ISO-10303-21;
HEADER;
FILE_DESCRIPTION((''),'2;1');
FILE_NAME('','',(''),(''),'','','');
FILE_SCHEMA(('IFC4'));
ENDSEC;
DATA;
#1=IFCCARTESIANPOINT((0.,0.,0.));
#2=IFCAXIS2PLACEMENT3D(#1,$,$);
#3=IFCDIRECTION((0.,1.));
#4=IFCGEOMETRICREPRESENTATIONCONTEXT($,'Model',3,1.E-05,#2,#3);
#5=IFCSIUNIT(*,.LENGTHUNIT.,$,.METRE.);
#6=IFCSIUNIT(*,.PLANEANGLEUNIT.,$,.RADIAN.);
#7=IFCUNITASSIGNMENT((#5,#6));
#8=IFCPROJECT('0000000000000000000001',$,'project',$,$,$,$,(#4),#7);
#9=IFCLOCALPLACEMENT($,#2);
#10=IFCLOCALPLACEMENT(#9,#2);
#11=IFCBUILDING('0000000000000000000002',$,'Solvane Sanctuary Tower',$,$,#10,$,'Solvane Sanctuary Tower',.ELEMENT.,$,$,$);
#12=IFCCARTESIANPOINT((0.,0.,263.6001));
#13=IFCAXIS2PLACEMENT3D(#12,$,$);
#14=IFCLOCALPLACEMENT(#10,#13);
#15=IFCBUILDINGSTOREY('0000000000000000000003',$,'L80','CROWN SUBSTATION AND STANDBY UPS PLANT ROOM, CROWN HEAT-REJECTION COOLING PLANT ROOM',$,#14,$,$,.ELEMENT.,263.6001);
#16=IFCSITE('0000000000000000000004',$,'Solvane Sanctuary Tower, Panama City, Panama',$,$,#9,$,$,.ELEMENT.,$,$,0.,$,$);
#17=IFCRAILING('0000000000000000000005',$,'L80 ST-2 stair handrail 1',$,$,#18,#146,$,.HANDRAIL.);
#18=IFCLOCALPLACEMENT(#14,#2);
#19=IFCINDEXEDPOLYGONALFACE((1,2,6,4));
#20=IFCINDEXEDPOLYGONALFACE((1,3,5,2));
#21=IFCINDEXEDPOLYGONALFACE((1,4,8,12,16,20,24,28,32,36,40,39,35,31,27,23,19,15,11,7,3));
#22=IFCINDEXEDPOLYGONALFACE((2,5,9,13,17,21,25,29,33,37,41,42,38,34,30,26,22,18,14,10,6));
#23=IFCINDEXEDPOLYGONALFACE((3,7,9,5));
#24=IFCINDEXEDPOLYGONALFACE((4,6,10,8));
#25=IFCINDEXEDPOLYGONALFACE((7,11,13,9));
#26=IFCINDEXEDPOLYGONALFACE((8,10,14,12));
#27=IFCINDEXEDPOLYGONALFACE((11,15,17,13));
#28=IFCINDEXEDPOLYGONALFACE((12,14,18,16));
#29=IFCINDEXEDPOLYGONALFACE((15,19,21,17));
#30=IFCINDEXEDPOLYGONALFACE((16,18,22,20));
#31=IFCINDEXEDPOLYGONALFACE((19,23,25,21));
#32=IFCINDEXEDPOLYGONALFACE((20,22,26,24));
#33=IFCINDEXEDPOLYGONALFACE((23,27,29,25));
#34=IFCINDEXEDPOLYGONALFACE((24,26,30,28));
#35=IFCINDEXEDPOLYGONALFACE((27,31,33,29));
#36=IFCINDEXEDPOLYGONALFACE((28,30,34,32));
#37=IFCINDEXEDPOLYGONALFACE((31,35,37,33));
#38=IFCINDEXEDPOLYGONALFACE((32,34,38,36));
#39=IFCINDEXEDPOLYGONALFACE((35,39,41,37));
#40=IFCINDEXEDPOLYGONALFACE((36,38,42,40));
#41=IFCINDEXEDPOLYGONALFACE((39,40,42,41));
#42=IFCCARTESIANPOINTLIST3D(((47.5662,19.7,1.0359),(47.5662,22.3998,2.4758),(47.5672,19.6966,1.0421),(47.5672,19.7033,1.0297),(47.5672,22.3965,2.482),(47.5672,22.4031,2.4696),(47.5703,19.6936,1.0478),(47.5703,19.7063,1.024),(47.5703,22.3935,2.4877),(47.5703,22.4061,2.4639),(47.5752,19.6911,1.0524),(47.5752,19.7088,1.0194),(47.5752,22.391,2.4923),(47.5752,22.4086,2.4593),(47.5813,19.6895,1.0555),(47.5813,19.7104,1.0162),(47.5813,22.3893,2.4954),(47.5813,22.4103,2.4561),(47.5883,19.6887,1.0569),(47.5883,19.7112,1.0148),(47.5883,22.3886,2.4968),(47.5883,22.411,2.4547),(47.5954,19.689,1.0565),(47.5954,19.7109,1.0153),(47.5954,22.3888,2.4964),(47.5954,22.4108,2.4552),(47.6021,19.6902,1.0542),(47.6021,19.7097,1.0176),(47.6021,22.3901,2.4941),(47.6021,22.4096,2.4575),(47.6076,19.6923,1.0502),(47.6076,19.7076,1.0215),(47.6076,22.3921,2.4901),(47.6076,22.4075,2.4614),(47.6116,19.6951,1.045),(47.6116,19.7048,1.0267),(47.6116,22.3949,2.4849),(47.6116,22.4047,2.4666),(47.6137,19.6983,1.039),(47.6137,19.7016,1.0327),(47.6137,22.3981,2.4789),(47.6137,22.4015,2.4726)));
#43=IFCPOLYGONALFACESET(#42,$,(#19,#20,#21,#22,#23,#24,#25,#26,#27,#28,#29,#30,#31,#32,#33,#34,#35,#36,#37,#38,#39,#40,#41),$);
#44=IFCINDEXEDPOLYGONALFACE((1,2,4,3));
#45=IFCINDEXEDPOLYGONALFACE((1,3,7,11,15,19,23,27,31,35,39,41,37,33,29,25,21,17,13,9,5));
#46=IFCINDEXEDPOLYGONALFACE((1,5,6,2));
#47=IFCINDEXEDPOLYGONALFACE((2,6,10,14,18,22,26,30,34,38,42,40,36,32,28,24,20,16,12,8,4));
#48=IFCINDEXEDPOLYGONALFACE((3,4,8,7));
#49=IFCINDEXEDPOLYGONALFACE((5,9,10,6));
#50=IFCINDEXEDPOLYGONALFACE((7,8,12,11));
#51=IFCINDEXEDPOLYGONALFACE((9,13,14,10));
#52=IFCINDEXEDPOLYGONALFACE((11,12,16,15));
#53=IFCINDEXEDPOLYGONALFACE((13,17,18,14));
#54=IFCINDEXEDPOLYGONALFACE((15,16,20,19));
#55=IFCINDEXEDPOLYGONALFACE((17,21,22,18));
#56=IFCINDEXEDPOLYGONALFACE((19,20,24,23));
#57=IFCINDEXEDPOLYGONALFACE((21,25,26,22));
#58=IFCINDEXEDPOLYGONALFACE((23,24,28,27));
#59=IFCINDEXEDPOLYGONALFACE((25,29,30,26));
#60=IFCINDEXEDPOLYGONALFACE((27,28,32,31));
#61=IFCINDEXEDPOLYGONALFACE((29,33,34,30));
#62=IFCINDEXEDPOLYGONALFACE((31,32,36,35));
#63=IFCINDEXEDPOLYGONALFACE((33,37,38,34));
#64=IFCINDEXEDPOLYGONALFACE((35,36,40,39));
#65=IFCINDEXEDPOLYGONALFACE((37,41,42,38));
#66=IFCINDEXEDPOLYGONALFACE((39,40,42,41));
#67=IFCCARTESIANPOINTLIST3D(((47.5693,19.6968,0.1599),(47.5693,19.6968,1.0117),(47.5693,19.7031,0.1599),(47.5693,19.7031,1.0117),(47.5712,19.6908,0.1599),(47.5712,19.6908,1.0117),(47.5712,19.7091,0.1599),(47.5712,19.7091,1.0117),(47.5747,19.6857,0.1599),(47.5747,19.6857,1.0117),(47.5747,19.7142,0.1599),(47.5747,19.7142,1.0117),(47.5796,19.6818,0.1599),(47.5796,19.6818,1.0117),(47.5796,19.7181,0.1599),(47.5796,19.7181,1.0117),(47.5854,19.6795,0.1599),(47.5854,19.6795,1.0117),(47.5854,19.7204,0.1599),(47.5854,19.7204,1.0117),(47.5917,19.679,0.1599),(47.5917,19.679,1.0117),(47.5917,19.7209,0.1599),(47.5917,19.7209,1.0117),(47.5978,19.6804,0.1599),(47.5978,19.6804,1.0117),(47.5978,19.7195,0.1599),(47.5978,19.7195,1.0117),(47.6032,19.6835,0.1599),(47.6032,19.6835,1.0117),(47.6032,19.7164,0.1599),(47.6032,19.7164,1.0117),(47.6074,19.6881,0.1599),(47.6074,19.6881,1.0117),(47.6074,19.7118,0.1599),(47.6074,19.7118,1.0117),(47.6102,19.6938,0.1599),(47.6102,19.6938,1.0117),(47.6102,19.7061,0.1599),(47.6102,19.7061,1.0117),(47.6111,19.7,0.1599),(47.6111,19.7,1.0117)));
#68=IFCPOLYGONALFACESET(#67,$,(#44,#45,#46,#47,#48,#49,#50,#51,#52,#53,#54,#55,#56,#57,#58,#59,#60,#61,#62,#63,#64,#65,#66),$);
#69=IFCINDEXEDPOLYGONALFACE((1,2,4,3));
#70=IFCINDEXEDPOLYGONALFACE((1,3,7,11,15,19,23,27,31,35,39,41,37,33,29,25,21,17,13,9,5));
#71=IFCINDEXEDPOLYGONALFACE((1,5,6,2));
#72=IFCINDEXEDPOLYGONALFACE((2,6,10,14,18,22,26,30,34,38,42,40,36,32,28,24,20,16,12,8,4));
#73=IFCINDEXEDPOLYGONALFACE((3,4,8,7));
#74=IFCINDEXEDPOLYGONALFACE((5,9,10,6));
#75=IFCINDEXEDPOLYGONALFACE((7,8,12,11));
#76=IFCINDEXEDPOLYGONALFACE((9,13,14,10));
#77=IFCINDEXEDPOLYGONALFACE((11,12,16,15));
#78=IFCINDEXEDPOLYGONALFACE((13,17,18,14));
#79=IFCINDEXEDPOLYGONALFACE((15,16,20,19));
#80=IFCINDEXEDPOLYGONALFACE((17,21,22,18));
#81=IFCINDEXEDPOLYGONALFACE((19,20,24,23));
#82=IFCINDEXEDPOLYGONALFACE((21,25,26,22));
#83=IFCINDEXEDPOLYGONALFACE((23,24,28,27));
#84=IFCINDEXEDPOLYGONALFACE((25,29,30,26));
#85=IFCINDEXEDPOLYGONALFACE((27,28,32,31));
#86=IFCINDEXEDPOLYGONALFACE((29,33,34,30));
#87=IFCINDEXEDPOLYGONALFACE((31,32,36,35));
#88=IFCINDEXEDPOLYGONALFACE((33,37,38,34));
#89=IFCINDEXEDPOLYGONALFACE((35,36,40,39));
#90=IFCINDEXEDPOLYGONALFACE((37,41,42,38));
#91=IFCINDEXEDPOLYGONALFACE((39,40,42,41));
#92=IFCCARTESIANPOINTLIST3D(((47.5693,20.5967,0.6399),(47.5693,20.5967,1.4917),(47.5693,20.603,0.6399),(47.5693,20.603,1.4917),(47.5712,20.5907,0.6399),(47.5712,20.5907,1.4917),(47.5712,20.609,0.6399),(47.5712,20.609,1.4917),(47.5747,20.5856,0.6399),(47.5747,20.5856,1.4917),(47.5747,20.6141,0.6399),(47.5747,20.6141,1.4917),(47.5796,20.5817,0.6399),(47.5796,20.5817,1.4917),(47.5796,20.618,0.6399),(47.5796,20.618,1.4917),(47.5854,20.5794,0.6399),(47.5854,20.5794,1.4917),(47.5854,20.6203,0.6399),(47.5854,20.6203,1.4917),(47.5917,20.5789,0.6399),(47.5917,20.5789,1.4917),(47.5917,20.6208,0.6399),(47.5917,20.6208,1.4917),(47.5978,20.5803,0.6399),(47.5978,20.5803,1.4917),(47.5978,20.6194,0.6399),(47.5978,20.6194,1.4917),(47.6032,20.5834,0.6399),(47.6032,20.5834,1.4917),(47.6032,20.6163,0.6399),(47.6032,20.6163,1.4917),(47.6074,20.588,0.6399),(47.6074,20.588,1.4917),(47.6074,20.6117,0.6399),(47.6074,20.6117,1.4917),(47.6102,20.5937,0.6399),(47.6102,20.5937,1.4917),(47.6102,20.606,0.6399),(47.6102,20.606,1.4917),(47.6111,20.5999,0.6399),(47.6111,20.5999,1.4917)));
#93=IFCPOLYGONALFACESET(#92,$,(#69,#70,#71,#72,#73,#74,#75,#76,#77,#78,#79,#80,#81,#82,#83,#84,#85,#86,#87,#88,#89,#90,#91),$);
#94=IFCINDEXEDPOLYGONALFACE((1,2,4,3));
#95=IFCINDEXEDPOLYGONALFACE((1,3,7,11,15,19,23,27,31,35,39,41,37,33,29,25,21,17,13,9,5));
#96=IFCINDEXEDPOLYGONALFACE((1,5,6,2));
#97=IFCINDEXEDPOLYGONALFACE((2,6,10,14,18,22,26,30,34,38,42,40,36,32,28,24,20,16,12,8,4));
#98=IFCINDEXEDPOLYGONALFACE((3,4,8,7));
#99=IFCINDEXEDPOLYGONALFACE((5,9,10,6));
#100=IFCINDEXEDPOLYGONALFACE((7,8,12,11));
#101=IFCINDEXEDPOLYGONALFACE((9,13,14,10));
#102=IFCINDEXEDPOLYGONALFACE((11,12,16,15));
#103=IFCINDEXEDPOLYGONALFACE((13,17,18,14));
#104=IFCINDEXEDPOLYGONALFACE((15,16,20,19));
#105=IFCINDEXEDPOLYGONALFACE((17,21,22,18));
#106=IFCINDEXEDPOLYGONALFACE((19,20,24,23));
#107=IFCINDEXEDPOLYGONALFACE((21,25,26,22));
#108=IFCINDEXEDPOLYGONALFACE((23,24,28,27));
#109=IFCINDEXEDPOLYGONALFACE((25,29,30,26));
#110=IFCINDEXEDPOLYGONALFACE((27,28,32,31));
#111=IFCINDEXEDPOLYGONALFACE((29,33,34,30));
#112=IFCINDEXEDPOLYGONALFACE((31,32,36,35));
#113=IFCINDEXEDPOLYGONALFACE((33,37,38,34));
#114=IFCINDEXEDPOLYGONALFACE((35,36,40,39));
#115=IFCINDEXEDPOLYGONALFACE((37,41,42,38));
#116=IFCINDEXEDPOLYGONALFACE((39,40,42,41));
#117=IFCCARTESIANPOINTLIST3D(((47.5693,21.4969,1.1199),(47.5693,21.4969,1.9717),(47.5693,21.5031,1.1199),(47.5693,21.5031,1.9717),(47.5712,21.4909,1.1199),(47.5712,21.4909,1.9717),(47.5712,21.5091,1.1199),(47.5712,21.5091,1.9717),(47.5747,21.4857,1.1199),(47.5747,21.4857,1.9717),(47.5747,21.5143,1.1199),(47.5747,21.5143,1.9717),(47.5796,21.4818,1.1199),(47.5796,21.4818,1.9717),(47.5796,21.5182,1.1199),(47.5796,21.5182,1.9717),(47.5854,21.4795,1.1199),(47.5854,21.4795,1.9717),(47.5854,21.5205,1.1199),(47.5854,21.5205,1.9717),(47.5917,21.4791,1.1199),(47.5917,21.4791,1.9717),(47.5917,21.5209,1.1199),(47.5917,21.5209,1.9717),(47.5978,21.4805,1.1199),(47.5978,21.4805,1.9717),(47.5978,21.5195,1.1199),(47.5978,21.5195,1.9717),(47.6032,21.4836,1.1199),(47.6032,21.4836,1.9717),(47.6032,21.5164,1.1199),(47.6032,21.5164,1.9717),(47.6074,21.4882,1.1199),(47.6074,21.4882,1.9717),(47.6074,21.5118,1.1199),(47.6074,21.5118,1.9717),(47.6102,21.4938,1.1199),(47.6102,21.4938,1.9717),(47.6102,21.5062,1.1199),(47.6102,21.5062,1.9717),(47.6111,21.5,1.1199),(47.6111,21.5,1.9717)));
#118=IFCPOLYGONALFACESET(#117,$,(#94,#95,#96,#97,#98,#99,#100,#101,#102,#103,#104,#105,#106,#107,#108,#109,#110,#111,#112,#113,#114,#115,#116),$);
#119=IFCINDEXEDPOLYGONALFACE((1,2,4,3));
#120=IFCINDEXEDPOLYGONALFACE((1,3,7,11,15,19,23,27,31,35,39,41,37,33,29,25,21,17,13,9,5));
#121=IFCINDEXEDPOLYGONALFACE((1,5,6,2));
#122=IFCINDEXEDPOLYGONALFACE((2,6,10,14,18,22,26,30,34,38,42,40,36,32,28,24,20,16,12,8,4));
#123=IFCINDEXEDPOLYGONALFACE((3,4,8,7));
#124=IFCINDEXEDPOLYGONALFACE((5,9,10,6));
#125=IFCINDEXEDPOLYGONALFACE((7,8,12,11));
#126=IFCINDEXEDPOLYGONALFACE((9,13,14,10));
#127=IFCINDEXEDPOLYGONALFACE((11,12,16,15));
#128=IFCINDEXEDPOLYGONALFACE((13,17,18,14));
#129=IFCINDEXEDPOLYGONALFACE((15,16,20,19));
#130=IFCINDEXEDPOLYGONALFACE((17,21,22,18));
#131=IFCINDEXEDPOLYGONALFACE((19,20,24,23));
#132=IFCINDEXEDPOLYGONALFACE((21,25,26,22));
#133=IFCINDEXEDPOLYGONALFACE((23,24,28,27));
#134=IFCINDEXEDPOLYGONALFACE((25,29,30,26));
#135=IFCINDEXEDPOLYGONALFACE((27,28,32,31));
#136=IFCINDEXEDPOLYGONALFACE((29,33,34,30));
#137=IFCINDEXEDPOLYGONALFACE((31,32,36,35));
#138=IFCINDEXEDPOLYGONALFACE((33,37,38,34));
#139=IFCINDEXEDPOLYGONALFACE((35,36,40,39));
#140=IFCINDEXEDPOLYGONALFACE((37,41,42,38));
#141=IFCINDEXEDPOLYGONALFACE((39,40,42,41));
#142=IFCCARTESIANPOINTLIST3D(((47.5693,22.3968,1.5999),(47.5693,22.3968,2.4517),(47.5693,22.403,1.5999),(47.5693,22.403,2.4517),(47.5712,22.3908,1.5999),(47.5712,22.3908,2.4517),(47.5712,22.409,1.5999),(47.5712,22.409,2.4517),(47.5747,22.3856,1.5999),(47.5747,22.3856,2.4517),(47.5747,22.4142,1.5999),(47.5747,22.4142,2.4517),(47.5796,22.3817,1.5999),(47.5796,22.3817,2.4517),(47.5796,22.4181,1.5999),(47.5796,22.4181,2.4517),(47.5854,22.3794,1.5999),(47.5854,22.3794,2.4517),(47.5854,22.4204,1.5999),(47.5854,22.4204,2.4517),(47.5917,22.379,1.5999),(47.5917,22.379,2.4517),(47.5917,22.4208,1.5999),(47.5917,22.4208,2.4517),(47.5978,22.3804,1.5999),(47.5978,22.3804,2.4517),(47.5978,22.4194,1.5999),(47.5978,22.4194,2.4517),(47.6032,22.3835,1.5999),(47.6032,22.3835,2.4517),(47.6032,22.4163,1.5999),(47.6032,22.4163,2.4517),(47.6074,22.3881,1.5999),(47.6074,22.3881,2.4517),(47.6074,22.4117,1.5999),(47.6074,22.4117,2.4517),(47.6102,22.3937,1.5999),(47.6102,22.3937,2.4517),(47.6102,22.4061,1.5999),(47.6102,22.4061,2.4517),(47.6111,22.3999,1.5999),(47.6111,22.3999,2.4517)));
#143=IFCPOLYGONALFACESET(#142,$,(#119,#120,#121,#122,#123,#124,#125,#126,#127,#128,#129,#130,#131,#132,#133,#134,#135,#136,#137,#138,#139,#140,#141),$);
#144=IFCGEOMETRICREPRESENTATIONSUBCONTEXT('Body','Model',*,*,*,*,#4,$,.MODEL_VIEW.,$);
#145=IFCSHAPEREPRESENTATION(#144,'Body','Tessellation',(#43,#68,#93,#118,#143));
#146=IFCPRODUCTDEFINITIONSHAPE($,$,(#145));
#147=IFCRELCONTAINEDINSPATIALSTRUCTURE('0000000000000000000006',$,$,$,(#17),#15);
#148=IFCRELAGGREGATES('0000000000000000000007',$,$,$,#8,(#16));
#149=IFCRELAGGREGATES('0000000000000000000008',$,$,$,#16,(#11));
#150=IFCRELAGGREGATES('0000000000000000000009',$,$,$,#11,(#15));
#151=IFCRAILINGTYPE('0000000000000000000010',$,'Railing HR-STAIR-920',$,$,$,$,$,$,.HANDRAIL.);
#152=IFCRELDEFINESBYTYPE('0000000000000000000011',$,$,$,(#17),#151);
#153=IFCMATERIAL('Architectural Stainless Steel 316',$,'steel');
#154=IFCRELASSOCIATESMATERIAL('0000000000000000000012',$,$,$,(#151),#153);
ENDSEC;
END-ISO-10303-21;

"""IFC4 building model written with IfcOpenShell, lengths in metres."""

from ifc_helpers import new_model, si_unit, direction, frame, origin, origin_2d, place, context, subcontext, project, spatial, circle, extrude, material, type_object, element, save


model = new_model("IFC4")

# Units and contexts
model_context = context("Model", 3, precision=1e-05, world=origin(), true_north=direction((0.0, 1.0)))
body_context = subcontext(model_context, "Body", "Model", "MODEL_VIEW")
ifc_project = project(units=[si_unit("LENGTHUNIT", "METRE"), si_unit("PLANEANGLEUNIT", "RADIAN")], contexts=[model_context])

# Site, building, storey
site_placement = place(None, origin())
site = spatial("IfcSite", under=ifc_project, at=site_placement, Name="Solvane Sanctuary Tower, Panama City, Panama", CompositionType="ELEMENT", RefElevation=0.0)
building_placement = place(site_placement, origin())
building = spatial("IfcBuilding", under=site, at=building_placement, Name="Solvane Sanctuary Tower", LongName="Solvane Sanctuary Tower", CompositionType="ELEMENT")
storey_placement = place(building_placement, frame((0.0, 0.0, 263.6001)))
storey = spatial("IfcBuildingStorey", under=building, at=storey_placement, Name="L80", Description="CROWN SUBSTATION AND STANDBY UPS PLANT ROOM, CROWN HEAT-REJECTION COOLING PLANT ROOM", CompositionType="ELEMENT", Elevation=263.6001)

# Shared definitions
ifc_material_1 = material(Name="Architectural Stainless Steel 316", Category="steel")

# Railing
railing_type_1 = type_object("IfcRailingType", Name="Railing HR-STAIR-920", PredefinedType="HANDRAIL", material=ifc_material_1)
railing_1_placement = place(storey_placement, frame((47.5901, 19.7, 0.1599)))
element("IfcRailing", 1, at=railing_1_placement, inside=storey, type_object=railing_type_1, Name="L80 ST-2 stair handrail 1", PredefinedType="HANDRAIL", context=body_context, shape_type="SweptSolid", body=[
    extrude(circle(Radius=0.0239, at=origin_2d()), frame((0.0, 0.0, 0.876), z_axis=(0.0, 0.882357, 0.47058), x_axis=(-1.0, 0.0, 0.0)), (0.0, 0.0, 1.0), 3.0598),
    extrude(circle(Radius=0.021, at=origin_2d()), origin(), (0.0, 0.0, 1.0), 0.8518),
    extrude(circle(Radius=0.021, at=origin_2d()), frame((0.0, 0.8999, 0.48)), (0.0, 0.0, 1.0), 0.8518),
    extrude(circle(Radius=0.021, at=origin_2d()), frame((0.0, 1.8, 0.96)), (0.0, 0.0, 1.0), 0.8518),
    extrude(circle(Radius=0.021, at=origin_2d()), frame((0.0, 2.7, 1.4399)), (0.0, 0.0, 1.0), 0.8518),
])

save(model, "model.ifc")
